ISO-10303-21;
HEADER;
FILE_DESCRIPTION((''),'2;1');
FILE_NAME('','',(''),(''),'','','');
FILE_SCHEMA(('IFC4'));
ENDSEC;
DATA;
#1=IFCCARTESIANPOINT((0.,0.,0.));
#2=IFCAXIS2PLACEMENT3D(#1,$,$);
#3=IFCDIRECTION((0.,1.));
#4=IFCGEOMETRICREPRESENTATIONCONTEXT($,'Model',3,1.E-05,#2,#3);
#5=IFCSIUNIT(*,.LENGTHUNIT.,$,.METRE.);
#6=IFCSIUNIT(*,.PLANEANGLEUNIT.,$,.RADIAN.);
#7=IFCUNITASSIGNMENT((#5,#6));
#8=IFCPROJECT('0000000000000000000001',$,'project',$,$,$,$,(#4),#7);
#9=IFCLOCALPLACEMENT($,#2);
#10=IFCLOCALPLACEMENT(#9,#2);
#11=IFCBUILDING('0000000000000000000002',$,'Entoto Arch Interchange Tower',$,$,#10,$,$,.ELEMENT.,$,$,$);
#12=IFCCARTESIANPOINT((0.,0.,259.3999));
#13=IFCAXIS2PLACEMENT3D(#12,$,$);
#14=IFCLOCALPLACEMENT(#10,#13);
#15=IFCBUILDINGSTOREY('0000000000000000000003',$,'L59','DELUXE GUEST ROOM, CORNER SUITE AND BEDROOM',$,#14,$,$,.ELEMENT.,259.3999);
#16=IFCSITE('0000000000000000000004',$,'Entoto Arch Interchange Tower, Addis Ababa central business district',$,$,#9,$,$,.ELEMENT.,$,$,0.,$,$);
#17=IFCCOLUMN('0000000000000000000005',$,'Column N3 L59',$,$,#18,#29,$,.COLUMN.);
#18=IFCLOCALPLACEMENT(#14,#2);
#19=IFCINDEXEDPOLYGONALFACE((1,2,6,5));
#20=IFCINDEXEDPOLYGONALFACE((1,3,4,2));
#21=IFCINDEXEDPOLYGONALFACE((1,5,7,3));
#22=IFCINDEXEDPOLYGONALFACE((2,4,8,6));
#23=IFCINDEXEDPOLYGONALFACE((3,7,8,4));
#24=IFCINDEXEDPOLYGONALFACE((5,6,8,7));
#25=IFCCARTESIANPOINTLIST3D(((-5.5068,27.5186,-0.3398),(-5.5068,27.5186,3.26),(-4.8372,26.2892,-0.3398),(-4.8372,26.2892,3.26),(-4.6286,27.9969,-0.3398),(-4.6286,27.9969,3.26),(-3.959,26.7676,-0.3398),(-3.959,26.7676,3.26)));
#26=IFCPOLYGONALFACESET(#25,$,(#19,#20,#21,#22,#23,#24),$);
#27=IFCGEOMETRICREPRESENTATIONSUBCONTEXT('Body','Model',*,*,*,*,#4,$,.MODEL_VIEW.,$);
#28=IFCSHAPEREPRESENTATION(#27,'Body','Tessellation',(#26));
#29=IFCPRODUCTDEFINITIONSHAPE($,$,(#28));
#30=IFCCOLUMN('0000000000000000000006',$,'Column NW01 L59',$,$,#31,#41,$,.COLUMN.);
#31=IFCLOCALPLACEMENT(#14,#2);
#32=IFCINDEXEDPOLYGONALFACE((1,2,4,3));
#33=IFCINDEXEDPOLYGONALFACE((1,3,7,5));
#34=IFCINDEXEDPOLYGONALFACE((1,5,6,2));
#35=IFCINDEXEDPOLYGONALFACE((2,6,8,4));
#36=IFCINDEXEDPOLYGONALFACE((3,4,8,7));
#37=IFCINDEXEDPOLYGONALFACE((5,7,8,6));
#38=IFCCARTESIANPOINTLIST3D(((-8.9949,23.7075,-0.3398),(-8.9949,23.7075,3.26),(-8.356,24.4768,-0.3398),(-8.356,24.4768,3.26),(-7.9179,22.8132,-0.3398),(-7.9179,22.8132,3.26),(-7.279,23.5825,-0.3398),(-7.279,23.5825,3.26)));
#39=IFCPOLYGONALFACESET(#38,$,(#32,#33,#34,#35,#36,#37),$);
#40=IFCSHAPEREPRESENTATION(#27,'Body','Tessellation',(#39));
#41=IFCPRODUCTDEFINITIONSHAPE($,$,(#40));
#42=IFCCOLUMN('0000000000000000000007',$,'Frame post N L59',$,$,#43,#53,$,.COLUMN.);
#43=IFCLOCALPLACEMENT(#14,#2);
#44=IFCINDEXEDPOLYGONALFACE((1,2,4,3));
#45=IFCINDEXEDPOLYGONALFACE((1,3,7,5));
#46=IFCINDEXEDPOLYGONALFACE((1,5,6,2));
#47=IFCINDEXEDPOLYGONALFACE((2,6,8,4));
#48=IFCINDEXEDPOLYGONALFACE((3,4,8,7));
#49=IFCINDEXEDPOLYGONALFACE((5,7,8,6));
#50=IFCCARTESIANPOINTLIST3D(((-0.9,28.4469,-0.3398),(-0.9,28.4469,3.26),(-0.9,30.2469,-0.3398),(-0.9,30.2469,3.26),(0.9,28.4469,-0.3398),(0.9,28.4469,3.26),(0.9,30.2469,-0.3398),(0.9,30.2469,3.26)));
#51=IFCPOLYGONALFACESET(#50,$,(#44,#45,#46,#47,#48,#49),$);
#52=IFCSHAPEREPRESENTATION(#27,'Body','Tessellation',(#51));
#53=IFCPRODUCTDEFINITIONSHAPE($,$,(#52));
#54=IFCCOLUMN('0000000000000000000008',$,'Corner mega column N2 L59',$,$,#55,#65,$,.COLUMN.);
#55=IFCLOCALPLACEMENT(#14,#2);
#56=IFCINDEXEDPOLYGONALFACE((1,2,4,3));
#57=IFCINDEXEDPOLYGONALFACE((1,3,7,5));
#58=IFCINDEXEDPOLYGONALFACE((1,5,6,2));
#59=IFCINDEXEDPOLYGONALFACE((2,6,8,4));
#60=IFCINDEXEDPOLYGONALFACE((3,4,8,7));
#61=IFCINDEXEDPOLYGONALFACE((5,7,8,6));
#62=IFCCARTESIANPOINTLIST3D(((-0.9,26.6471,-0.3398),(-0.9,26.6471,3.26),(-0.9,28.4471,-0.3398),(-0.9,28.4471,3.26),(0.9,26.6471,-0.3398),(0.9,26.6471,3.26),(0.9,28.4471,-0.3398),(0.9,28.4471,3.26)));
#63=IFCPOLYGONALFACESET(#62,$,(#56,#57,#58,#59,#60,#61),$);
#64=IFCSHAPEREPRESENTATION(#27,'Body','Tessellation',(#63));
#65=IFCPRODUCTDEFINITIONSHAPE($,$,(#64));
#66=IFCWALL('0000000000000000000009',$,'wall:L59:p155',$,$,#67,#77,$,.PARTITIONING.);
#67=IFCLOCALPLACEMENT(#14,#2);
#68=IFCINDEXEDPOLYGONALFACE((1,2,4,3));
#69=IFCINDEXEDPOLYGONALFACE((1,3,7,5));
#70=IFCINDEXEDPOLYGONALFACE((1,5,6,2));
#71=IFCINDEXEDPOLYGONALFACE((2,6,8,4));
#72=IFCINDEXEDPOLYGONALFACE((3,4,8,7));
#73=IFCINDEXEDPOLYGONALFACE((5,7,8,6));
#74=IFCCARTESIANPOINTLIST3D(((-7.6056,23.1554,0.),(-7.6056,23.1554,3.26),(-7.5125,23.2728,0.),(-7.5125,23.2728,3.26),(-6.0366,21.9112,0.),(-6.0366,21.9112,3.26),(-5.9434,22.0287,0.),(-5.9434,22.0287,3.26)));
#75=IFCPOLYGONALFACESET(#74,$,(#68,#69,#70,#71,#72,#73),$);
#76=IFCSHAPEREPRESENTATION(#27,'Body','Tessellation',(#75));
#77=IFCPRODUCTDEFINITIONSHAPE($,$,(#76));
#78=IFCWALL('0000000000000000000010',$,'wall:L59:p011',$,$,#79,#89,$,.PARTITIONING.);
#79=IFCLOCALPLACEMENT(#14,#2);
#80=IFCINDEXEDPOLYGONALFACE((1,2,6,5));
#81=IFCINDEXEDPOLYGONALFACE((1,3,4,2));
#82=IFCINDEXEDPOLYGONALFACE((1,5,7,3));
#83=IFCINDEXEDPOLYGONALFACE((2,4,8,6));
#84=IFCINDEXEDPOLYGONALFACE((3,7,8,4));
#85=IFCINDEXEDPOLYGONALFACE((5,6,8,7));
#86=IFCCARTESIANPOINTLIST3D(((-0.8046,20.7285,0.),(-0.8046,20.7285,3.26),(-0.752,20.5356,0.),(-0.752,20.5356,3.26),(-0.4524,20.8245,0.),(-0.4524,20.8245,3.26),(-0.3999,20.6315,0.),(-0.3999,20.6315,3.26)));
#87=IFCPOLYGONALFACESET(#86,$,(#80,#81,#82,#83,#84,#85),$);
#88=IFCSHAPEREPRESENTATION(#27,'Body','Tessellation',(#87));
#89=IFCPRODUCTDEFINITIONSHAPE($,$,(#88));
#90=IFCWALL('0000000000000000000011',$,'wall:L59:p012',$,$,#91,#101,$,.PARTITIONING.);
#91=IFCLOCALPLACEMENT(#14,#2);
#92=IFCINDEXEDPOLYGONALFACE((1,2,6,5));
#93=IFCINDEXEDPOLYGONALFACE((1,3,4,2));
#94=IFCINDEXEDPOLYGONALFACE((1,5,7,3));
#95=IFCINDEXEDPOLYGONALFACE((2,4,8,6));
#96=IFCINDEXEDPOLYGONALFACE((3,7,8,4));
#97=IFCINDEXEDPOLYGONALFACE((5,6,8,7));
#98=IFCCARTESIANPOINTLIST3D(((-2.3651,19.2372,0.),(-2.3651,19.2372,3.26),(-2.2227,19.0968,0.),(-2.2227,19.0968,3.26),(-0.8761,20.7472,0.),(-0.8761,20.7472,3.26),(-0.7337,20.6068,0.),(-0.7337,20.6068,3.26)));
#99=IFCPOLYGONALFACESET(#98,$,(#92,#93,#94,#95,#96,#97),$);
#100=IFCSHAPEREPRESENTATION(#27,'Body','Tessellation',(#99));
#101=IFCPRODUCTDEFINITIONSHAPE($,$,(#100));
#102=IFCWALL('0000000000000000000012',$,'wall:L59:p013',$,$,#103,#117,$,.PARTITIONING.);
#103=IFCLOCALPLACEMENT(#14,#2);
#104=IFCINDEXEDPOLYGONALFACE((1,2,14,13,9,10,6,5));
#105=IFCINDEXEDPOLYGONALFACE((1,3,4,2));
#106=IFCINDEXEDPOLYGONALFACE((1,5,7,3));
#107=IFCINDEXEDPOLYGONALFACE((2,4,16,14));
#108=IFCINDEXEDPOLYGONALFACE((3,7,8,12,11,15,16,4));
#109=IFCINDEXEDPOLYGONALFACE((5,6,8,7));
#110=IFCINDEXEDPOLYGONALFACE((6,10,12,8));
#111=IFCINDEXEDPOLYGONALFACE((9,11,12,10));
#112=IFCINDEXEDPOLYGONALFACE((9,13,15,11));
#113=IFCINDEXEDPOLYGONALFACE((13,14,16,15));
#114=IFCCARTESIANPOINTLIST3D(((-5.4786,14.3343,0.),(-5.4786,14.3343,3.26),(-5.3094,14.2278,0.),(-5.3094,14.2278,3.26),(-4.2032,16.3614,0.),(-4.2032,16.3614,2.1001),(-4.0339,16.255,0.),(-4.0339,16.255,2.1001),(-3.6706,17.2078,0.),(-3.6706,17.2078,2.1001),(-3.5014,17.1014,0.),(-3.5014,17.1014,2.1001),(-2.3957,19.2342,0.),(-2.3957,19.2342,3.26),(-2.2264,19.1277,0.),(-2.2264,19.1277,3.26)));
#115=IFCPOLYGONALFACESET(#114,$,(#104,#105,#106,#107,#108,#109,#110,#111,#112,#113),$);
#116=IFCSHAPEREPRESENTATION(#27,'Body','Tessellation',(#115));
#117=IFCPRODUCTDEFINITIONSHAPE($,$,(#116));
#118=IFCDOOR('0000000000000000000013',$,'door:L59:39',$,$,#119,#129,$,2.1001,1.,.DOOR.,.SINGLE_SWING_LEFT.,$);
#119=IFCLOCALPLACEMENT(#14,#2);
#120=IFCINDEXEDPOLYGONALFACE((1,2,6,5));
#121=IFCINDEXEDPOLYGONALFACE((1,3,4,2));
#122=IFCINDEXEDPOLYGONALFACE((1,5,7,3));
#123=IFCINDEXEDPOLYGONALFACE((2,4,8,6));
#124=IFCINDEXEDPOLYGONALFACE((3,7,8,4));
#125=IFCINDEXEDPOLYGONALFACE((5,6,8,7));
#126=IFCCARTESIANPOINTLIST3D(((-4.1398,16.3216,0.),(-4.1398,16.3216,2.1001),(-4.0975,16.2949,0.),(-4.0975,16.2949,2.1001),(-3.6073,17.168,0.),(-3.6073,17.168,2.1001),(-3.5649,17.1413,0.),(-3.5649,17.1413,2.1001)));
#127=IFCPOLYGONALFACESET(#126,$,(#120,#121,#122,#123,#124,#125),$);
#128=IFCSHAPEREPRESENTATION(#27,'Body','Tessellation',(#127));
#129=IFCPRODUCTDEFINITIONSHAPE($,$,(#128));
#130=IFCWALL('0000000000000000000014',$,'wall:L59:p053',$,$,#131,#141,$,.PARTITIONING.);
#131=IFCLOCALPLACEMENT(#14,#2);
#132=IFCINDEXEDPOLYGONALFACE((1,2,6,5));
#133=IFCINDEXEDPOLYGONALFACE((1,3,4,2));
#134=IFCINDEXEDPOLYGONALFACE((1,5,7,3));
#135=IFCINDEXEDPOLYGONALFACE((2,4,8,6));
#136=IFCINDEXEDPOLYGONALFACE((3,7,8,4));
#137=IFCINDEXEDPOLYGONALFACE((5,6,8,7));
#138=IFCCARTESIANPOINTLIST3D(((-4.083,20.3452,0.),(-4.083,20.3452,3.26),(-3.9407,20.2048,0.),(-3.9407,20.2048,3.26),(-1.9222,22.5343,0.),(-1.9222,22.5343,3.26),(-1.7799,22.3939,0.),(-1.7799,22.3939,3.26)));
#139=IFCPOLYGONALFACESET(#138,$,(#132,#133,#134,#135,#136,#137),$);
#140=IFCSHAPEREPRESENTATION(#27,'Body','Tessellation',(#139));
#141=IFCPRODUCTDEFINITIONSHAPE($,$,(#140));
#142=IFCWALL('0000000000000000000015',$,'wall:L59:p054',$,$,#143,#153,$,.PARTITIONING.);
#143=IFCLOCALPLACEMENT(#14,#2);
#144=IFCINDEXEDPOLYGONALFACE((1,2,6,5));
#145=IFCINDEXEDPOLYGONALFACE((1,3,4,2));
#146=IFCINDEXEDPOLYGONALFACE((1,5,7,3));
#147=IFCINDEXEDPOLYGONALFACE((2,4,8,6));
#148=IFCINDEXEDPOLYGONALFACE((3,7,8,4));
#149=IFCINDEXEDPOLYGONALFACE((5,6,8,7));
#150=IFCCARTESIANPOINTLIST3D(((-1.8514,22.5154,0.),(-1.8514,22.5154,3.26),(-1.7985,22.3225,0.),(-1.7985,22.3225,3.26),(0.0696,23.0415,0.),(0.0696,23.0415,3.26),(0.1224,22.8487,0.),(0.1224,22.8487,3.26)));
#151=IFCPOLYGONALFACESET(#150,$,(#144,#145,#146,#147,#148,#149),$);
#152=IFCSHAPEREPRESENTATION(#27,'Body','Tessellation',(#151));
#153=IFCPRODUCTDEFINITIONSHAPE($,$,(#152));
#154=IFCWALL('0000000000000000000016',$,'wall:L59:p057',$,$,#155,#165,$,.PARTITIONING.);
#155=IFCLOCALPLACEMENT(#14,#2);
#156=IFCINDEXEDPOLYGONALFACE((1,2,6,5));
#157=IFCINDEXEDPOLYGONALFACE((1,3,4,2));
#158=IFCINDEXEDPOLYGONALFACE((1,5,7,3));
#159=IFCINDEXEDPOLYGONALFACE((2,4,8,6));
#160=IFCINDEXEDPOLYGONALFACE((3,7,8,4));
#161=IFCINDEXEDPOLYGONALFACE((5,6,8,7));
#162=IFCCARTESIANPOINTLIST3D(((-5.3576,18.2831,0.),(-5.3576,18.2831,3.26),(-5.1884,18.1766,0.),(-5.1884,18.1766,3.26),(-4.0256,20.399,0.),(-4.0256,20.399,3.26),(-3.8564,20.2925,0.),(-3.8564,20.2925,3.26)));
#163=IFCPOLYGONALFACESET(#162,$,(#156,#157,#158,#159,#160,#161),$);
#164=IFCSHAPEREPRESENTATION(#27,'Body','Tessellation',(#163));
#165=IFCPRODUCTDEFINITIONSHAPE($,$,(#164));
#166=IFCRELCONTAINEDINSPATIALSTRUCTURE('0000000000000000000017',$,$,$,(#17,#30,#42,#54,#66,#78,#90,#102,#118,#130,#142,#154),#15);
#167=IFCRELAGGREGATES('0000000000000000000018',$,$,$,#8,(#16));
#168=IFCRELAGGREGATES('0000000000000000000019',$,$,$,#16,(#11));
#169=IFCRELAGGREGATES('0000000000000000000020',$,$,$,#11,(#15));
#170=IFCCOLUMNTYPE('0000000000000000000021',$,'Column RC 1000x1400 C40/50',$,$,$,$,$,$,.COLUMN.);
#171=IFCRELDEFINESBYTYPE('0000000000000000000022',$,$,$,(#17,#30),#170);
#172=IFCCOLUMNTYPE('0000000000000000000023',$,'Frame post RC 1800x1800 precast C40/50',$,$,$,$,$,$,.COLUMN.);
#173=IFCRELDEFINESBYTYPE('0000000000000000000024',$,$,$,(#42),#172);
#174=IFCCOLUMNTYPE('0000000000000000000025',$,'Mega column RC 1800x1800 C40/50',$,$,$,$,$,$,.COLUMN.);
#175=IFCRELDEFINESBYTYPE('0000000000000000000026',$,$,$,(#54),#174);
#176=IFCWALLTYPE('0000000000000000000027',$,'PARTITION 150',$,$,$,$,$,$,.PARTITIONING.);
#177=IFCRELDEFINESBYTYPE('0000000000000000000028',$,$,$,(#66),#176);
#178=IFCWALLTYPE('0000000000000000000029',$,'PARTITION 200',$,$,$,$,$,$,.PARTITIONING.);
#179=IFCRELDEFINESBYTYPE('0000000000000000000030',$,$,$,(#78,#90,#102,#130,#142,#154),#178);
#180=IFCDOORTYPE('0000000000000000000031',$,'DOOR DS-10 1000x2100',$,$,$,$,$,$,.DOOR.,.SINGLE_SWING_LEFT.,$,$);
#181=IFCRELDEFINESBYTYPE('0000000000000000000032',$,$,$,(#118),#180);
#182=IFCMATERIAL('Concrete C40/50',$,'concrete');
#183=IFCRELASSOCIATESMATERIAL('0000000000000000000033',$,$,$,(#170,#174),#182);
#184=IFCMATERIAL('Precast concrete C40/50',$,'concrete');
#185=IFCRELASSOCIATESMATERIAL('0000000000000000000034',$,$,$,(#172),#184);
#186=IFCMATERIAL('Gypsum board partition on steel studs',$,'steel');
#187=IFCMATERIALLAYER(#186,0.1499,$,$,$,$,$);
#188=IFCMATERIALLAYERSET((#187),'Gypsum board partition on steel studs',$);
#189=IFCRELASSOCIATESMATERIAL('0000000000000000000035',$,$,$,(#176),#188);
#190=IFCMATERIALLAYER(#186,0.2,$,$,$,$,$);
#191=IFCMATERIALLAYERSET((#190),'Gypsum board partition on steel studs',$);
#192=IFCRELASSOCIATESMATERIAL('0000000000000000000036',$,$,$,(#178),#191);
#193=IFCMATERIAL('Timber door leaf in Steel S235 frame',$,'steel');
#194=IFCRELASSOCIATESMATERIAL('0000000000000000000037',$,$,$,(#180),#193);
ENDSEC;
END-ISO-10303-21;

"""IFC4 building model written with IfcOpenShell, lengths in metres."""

from ifc_helpers import new_model, si_unit, direction, frame, frame_2d, origin, origin_2d, place, context, subcontext, project, spatial, rectangle, extrude, material, layer, layer_set, material_profile, profile_set, type_object, element, fill, save


model = new_model("IFC4")

# Units and contexts
model_context = context("Model", 3, precision=1e-05, world=origin(), true_north=direction((0.0, 1.0)))
body_context = subcontext(model_context, "Body", "Model", "MODEL_VIEW")
ifc_project = project(units=[si_unit("LENGTHUNIT", "METRE"), si_unit("PLANEANGLEUNIT", "RADIAN")], contexts=[model_context])

# Site, building, storey
site_placement = place(None, origin())
site = spatial("IfcSite", under=ifc_project, at=site_placement, Name="Entoto Arch Interchange Tower, Addis Ababa central business district", CompositionType="ELEMENT", RefElevation=0.0)
building_placement = place(site_placement, origin())
building = spatial("IfcBuilding", under=site, at=building_placement, Name="Entoto Arch Interchange Tower", CompositionType="ELEMENT")
storey_placement = place(building_placement, frame((0.0, 0.0, 259.3999)))
storey = spatial("IfcBuildingStorey", under=building, at=storey_placement, Name="L59", Description="DELUXE GUEST ROOM, CORNER SUITE AND BEDROOM", CompositionType="ELEMENT", Elevation=259.3999)

# Columns
ifc_material_1 = material(Name="Concrete C40/50", Category="concrete")
ifc_material_profile_1 = material_profile(ifc_material_1, rectangle(XDim=1.0, YDim=1.3999, at=origin_2d()))
ifc_profile_set_1 = profile_set([ifc_material_profile_1], Name="Concrete C40/50")
column_type_1 = type_object("IfcColumnType", Name="Column RC 1000x1400 C40/50", PredefinedType="COLUMN", material=ifc_profile_set_1)
for number, where, z_axis, x_axis, name in (
    (1, (-4.7329, 27.1431, -0.3398), (0.0, 0.0, 1.0), (0.878175, 0.478339, 0.0), "Column N3 L59"),
    (2, (-8.137, 23.645, -0.3398), (0.0, 0.0, 1.0), (0.638835, 0.769344, 0.0), "Column NW01 L59"),
):
    element("IfcColumn", number, at=place(storey_placement, frame(where, z_axis=z_axis, x_axis=x_axis)), inside=storey, type_object=column_type_1, Name=name, PredefinedType="COLUMN", context=body_context, shape_type="SweptSolid", body=[
        extrude(rectangle(XDim=1.0, YDim=1.3999, at=origin_2d()), origin(), (0.0, 0.0, 1.0), 3.5999),
    ])
ifc_material_2 = material(Name="Precast concrete C40/50", Category="concrete")
ifc_material_profile_2 = material_profile(ifc_material_2, rectangle(XDim=1.8, YDim=1.8, at=origin_2d()))
ifc_profile_set_2 = profile_set([ifc_material_profile_2], Name="Precast concrete C40/50")
column_type_2 = type_object("IfcColumnType", Name="Frame post RC 1800x1800 precast C40/50", PredefinedType="COLUMN", material=ifc_profile_set_2)
column_1_placement = place(storey_placement, frame((0.0, 29.3469, -0.3398), z_axis=(0.0, 0.0, 1.0), x_axis=(0.0, 1.0, 0.0)))
element("IfcColumn", 3, at=column_1_placement, inside=storey, type_object=column_type_2, Name="Frame post N L59", PredefinedType="COLUMN", context=body_context, shape_type="SweptSolid", body=[
    extrude(rectangle(XDim=1.8, YDim=1.8, at=origin_2d()), origin(), (0.0, 0.0, 1.0), 3.5999),
])
ifc_material_profile_3 = material_profile(ifc_material_1, rectangle(XDim=1.8, YDim=1.8, at=origin_2d()))
ifc_profile_set_3 = profile_set([ifc_material_profile_3], Name="Concrete C40/50")
column_type_3 = type_object("IfcColumnType", Name="Mega column RC 1800x1800 C40/50", PredefinedType="COLUMN", material=ifc_profile_set_3)
column_2_placement = place(storey_placement, frame((0.0, 27.5471, -0.3398), z_axis=(0.0, 0.0, 1.0), x_axis=(0.0, 1.0, 0.0)))
element("IfcColumn", 4, at=column_2_placement, inside=storey, type_object=column_type_3, Name="Corner mega column N2 L59", PredefinedType="COLUMN", context=body_context, shape_type="SweptSolid", body=[
    extrude(rectangle(XDim=1.8, YDim=1.8, at=origin_2d()), origin(), (0.0, 0.0, 1.0), 3.5999),
])

# Walls
ifc_material_3 = material(Name="Gypsum board partition on steel studs", Category="steel")
ifc_layer_1 = layer(ifc_material_3, 0.1499)
ifc_layer_set_1 = layer_set([ifc_layer_1], Name="Gypsum board partition on steel studs")
wall_type_1 = type_object("IfcWallType", Name="PARTITION 150", PredefinedType="PARTITIONING", material=ifc_layer_set_1)
wall_1_placement = place(storey_placement, frame((-5.99, 21.97, 0.0), z_axis=(0.0, 0.0, 1.0), x_axis=(-0.783573, 0.621299, 0.0)))
element("IfcWall", 5, at=wall_1_placement, inside=storey, type_object=wall_type_1, Name="wall:L59:p155", PredefinedType="PARTITIONING", context=body_context, shape_type="SweptSolid", body=[
    extrude(rectangle(XDim=2.0024, YDim=0.1499, at=frame_2d((1.0012, 0.0))), origin(), (0.0, 0.0, 1.0), 3.26),
])
ifc_layer_2 = layer(ifc_material_3, 0.2)
ifc_layer_set_2 = layer_set([ifc_layer_2], Name="Gypsum board partition on steel studs")
wall_type_2 = type_object("IfcWallType", Name="PARTITION 200", PredefinedType="PARTITIONING", material=ifc_layer_set_2)
wall_2_placement = place(storey_placement, frame((-0.426, 20.728, 0.0), z_axis=(0.0, 0.0, 1.0), x_axis=(-0.96481, -0.262948, 0.0)))
element("IfcWall", 6, at=wall_2_placement, inside=storey, type_object=wall_type_2, Name="wall:L59:p011", PredefinedType="PARTITIONING", context=body_context, shape_type="SweptSolid", body=[
    extrude(rectangle(XDim=0.365, YDim=0.2, at=frame_2d((0.1826, 0.0))), origin(), (0.0, 0.0, 1.0), 3.26),
])
wall_3_placement = place(storey_placement, frame((-0.8049, 20.677, 0.0), z_axis=(0.0, 0.0, 1.0), x_axis=(-0.702139, -0.71204, 0.0)))
element("IfcWall", 7, at=wall_3_placement, inside=storey, type_object=wall_type_2, Name="wall:L59:p012", PredefinedType="PARTITIONING", context=body_context, shape_type="SweptSolid", body=[
    extrude(rectangle(XDim=2.1206, YDim=0.2, at=frame_2d((1.0603, 0.0))), origin(), (0.0, 0.0, 1.0), 3.26),
])

# Wall, opening, door
wall_4_placement = place(storey_placement, frame((-2.311, 19.1809, 0.0), z_axis=(0.0, 0.0, 1.0), x_axis=(-0.532552, -0.846398, 0.0)))
wall_4 = element("IfcWall", 8, at=wall_4_placement, inside=storey, type_object=wall_type_2, Name="wall:L59:p013", PredefinedType="PARTITIONING", context=body_context, shape_type="SweptSolid", body=[
    extrude(rectangle(XDim=5.7891, YDim=0.2, at=frame_2d((2.8945, 0.0))), origin(), (0.0, 0.0, 1.0), 3.26),
])
opening_1_placement = place(wall_4_placement, frame((2.394, 0.0, 0.0)))
opening_1 = element("IfcOpeningElement", 9, at=opening_1_placement, cuts=wall_4, PredefinedType="OPENING", context=body_context, shape_type="SweptSolid", body=[
    extrude(rectangle(XDim=1.0, YDim=2.1001, at=frame_2d((0.5, 1.05))), frame((0.0, 0.1099, 0.0), z_axis=(0.0, -1.0, 0.0), x_axis=(1.0, 0.0, 0.0)), (0.0, 0.0, 1.0), 0.22),
])
ifc_material_4 = material(Name="Timber door leaf in Steel S235 frame", Category="steel")
door_type_1 = type_object("IfcDoorType", Name="DOOR DS-10 1000x2100", OperationType="SINGLE_SWING_LEFT", PredefinedType="DOOR", material=ifc_material_4)
door_1_placement = place(opening_1_placement, origin())
door_1 = element("IfcDoor", 10, at=door_1_placement, inside=storey, type_object=door_type_1, Name="door:L59:39", OperationType="SINGLE_SWING_LEFT", OverallHeight=2.1001, OverallWidth=1.0, PredefinedType="DOOR", context=body_context, shape_type="SweptSolid", body=[
    extrude(rectangle(XDim=1.0, YDim=2.1001, at=frame_2d((0.5, 1.05))), frame((0.0, 0.0249, 0.0), z_axis=(0.0, -1.0, 0.0), x_axis=(1.0, 0.0, 0.0)), (0.0, 0.0, 1.0), 0.05),
])
fill(opening_1, door_1)

# Walls
wall_5_placement = place(storey_placement, frame((-4.012, 20.2749, 0.0), z_axis=(0.0, 0.0, 1.0), x_axis=(0.702488, 0.711695, 0.0)))
element("IfcWall", 11, at=wall_5_placement, inside=storey, type_object=wall_type_2, Name="wall:L59:p053", PredefinedType="PARTITIONING", context=body_context, shape_type="SweptSolid", body=[
    extrude(rectangle(XDim=3.0759, YDim=0.2, at=frame_2d((1.5381, 0.0))), origin(), (0.0, 0.0, 1.0), 3.26),
])
wall_6_placement = place(storey_placement, frame((-1.825, 22.4189, 0.0), z_axis=(0.0, 0.0, 1.0), x_axis=(0.964478, 0.264165, 0.0)))
element("IfcWall", 12, at=wall_6_placement, inside=storey, type_object=wall_type_2, Name="wall:L59:p054", PredefinedType="PARTITIONING", context=body_context, shape_type="SweptSolid", body=[
    extrude(rectangle(XDim=1.9917, YDim=0.2, at=frame_2d((0.9958, 0.0))), origin(), (0.0, 0.0, 1.0), 3.26),
])
wall_7_placement = place(storey_placement, frame((-5.2729, 18.23, 0.0), z_axis=(0.0, 0.0, 1.0), x_axis=(0.532743, 0.846277, 0.0)))
element("IfcWall", 13, at=wall_7_placement, inside=storey, type_object=wall_type_2, Name="wall:L59:p057", PredefinedType="PARTITIONING", context=body_context, shape_type="SweptSolid", body=[
    extrude(rectangle(XDim=2.5002, YDim=0.2, at=frame_2d((1.25, 0.0))), origin(), (0.0, 0.0, 1.0), 3.26),
])

save(model, "model.ifc")
